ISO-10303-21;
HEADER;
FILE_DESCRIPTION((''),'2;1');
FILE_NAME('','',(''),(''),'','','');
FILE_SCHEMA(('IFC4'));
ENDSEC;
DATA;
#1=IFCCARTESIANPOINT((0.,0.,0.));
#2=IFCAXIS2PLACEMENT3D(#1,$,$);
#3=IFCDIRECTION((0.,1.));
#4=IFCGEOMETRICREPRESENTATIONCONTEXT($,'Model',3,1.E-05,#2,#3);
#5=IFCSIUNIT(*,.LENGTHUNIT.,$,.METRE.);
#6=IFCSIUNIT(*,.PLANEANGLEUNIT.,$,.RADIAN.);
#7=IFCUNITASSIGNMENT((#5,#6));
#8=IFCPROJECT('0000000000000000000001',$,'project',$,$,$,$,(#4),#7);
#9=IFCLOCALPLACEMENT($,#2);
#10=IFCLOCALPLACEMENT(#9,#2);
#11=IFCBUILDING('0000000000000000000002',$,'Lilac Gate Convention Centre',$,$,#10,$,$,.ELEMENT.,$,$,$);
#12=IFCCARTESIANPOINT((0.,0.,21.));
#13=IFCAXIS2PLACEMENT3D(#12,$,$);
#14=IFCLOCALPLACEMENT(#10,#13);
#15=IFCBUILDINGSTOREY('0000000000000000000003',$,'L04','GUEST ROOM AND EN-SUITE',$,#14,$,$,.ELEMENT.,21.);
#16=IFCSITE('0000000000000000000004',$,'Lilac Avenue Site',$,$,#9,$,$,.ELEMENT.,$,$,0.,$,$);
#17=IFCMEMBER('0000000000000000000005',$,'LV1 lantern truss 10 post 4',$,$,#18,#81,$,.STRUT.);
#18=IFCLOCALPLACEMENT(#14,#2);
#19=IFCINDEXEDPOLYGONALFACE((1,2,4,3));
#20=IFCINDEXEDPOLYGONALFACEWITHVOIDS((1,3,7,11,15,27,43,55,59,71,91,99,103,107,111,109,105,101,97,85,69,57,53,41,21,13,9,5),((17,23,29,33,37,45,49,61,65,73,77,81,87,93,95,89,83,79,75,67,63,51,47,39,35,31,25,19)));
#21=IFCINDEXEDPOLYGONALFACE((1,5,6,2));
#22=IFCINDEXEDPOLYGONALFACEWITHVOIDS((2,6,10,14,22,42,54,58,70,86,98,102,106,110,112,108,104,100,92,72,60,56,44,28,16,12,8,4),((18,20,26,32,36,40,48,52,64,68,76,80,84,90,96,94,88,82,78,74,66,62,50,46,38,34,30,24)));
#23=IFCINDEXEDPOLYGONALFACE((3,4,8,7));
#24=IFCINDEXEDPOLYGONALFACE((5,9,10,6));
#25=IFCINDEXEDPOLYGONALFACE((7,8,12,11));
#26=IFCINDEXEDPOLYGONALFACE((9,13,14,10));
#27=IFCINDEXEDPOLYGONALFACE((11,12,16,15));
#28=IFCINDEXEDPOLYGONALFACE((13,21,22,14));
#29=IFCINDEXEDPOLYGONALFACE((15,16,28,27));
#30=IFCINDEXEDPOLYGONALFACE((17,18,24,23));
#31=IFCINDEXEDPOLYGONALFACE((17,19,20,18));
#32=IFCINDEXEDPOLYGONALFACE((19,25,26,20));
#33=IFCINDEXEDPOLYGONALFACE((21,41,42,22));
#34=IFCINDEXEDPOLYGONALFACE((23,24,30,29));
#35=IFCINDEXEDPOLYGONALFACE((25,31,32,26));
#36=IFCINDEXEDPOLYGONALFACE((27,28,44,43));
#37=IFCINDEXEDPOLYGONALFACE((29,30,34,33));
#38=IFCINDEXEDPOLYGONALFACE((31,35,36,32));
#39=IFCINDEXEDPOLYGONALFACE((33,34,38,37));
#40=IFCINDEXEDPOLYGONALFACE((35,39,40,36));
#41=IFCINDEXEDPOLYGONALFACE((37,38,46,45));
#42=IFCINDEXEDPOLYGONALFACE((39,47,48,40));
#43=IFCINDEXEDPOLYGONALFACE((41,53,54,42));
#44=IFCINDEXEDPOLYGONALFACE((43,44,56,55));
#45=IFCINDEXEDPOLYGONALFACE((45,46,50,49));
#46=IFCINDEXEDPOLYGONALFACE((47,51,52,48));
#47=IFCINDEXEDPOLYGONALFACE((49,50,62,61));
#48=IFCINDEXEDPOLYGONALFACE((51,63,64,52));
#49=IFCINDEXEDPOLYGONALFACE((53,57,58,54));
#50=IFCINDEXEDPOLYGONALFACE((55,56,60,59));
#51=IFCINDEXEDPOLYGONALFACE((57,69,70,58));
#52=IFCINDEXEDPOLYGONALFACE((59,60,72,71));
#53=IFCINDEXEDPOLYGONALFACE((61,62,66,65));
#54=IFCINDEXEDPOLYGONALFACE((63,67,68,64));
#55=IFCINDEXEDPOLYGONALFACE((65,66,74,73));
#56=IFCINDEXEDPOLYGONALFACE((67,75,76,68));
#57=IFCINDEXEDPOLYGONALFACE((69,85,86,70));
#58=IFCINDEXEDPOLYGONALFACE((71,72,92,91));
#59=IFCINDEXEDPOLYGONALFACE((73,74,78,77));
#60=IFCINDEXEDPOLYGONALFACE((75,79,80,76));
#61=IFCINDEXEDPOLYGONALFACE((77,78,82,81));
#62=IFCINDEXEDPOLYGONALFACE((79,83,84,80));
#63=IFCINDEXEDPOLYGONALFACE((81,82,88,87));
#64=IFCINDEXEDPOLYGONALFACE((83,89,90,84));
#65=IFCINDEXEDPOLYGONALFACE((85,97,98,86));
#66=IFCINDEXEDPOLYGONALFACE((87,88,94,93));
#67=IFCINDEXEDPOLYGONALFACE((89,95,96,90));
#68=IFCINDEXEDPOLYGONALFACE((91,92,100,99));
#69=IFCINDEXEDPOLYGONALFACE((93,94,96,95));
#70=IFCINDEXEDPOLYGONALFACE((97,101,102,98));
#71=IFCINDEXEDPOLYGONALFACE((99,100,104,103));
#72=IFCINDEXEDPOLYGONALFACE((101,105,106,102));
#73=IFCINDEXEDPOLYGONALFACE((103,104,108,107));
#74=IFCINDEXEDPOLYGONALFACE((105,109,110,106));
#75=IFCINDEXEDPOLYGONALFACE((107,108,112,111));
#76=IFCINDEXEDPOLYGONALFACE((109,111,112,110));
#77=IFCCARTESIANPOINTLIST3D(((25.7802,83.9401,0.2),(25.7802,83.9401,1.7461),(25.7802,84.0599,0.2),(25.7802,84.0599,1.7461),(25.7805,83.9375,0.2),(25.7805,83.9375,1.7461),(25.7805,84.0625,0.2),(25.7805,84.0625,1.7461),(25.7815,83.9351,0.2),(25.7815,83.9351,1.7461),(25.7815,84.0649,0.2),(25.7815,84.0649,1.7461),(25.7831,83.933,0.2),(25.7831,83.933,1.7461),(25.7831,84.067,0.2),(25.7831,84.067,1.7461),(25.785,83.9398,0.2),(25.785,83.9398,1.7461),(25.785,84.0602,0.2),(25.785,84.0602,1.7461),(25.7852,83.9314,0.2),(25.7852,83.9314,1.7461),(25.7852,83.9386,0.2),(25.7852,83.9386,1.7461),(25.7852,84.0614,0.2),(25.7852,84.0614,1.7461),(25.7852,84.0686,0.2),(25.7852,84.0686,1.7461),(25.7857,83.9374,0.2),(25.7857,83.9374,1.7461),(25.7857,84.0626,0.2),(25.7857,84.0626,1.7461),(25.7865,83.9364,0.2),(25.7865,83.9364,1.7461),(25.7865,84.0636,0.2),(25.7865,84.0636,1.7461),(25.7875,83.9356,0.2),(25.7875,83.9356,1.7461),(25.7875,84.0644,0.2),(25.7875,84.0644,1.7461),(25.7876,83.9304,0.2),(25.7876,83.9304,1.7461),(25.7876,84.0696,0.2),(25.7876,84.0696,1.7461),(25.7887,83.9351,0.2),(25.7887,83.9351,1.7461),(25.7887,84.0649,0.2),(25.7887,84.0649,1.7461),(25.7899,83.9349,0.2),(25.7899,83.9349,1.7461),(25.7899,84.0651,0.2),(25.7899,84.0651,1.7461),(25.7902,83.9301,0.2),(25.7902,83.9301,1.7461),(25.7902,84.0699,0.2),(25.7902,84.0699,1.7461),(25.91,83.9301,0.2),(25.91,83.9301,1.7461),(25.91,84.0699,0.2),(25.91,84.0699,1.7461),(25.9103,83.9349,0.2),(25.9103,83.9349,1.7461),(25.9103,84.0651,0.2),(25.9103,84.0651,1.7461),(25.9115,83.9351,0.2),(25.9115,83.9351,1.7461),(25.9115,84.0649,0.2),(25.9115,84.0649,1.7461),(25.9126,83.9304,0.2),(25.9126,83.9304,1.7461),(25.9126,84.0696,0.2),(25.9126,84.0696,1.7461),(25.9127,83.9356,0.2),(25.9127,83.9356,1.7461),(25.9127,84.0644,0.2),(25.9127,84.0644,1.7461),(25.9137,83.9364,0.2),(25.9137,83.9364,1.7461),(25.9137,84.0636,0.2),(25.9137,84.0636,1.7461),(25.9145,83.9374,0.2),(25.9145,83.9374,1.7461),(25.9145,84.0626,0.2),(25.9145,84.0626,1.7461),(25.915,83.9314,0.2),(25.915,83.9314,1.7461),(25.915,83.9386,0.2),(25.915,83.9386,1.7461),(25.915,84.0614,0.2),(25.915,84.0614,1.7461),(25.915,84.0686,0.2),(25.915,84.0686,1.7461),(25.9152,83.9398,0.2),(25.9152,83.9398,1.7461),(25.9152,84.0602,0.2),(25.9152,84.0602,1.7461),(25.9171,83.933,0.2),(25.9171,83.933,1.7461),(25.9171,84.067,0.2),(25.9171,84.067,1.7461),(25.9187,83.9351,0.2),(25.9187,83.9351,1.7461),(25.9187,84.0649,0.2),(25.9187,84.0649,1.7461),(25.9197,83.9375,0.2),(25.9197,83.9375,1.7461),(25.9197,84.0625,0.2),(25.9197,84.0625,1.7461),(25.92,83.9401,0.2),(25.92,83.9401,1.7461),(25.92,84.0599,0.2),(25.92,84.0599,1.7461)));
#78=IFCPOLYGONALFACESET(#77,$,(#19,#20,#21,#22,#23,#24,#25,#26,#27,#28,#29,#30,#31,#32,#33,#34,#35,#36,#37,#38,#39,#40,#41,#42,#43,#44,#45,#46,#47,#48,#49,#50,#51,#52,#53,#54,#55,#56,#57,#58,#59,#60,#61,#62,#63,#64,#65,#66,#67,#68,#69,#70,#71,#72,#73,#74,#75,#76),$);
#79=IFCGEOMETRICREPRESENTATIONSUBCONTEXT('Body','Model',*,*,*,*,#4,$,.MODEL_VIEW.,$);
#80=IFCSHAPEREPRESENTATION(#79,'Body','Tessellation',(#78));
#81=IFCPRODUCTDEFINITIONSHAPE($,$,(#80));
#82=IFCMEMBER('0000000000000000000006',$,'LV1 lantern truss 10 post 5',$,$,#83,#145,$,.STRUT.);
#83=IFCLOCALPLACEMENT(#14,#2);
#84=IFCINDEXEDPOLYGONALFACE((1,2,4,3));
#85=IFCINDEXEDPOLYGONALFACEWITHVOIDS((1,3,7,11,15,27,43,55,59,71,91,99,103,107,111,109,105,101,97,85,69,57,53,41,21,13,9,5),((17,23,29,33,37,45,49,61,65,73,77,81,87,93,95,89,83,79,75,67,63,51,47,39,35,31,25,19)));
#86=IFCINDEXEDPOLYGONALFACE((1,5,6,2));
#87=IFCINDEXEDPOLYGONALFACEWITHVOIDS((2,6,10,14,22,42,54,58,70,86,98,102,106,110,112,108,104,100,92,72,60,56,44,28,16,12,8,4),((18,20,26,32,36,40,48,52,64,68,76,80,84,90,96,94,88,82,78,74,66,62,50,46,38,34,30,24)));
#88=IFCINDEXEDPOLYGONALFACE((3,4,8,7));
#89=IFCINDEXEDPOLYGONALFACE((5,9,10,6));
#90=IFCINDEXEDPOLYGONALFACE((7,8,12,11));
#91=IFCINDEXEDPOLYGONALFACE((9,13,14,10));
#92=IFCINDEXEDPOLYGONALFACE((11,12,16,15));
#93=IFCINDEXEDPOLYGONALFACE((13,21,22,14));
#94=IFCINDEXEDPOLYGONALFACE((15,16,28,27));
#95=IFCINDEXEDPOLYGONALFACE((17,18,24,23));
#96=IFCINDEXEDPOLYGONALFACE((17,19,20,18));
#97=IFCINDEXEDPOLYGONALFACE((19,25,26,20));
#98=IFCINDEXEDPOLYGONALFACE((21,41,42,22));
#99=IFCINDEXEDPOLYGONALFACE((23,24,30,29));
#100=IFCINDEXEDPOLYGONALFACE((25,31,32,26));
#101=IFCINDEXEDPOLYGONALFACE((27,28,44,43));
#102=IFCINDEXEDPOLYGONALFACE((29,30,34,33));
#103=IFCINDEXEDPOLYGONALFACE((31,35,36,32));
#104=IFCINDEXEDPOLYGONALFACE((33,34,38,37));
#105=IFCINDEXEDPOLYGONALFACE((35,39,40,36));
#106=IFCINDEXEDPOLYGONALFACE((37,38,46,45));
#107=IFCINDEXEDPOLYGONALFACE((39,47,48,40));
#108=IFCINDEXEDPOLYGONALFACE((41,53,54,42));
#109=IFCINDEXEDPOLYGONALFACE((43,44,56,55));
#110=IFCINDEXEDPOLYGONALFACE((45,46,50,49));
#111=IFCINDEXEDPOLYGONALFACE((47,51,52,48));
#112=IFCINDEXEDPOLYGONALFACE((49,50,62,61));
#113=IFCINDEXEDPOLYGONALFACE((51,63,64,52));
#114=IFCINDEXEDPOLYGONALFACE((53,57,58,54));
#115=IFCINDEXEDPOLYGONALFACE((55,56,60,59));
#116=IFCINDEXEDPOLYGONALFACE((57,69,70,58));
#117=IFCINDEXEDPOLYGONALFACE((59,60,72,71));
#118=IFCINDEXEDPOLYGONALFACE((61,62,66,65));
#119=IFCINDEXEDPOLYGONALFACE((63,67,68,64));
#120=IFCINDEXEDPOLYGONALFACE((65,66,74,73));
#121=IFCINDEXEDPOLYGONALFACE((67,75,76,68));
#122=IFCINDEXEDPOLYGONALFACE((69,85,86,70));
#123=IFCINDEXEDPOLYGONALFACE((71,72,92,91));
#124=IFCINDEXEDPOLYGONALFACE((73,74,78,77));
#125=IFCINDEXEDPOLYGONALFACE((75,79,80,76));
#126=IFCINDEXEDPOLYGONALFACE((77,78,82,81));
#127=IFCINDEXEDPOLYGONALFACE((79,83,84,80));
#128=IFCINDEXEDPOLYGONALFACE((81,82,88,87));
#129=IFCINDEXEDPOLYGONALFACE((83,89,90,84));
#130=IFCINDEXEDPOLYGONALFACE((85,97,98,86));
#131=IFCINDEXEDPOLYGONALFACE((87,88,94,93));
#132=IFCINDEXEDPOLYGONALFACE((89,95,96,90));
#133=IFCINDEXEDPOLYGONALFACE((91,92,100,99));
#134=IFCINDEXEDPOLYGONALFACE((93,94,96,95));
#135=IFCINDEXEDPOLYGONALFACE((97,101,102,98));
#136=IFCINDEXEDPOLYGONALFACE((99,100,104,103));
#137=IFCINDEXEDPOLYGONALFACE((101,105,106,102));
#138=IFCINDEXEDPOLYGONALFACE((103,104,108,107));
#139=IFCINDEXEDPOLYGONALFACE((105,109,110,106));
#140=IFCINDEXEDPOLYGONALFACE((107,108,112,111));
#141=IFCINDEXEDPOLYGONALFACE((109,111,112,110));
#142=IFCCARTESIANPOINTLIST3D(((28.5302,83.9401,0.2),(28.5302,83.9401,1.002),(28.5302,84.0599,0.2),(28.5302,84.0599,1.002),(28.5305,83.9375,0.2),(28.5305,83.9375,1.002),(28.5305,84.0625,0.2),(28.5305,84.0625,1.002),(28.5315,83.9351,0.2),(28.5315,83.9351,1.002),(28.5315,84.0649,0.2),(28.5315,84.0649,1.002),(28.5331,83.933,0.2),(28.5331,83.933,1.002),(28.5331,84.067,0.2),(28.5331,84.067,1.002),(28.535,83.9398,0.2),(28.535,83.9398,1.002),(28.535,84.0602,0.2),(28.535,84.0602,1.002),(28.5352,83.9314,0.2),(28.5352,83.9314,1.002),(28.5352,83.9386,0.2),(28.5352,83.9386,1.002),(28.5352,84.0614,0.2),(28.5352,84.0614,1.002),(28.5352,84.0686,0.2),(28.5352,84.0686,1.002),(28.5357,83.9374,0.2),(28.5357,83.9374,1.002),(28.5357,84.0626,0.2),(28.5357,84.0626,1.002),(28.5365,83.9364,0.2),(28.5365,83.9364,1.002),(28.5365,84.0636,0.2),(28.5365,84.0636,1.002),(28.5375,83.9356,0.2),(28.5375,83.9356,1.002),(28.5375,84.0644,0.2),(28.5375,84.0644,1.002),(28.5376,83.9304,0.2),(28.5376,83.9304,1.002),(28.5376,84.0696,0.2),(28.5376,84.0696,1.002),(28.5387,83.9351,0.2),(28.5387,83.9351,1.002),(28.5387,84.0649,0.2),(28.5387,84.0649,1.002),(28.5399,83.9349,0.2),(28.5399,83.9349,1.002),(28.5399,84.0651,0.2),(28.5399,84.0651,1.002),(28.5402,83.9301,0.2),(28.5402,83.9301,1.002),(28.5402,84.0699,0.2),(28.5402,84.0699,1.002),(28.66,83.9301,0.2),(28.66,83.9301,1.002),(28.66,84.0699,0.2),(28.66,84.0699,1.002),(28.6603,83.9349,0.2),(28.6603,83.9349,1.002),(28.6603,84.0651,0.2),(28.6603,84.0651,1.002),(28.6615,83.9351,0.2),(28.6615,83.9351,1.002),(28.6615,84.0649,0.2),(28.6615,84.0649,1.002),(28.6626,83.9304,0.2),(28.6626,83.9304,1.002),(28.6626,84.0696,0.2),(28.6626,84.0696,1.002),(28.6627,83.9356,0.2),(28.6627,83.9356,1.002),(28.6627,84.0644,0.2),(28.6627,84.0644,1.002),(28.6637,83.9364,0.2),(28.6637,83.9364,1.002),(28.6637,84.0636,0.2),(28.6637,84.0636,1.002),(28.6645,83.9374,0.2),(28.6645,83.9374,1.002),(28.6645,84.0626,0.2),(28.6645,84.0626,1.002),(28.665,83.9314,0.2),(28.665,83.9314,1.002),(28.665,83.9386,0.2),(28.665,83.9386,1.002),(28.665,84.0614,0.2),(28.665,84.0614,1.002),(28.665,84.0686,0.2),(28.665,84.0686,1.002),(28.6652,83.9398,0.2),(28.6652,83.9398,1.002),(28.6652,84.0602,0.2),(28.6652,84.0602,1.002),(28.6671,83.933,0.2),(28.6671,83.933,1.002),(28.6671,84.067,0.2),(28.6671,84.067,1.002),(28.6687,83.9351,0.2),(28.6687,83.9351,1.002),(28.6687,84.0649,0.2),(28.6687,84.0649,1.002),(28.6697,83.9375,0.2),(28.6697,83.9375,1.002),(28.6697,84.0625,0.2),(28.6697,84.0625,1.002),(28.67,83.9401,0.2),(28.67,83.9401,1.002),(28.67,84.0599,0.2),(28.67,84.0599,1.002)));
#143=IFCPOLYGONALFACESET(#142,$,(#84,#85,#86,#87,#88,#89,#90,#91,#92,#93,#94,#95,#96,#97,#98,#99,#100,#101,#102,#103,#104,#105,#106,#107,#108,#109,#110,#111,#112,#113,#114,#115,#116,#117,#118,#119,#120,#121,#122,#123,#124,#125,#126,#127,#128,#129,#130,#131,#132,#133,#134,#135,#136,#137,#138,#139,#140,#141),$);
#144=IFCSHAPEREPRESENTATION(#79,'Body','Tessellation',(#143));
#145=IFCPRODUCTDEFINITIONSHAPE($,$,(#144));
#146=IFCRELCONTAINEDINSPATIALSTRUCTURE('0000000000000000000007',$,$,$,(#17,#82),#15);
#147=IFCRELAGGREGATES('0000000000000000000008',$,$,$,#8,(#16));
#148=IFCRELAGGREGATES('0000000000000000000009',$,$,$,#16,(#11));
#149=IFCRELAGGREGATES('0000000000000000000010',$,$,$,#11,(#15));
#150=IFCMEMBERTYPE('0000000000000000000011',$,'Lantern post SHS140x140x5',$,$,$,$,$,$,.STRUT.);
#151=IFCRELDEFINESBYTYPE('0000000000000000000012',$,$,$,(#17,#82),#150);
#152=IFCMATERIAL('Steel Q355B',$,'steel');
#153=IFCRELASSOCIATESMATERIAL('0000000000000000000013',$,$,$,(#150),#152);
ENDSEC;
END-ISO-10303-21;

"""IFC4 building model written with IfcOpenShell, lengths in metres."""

from ifc_helpers import new_model, si_unit, direction, frame, origin, origin_2d, place, context, subcontext, project, spatial, hollow_rectangle, extrude, material, material_profile, profile_set, type_object, element, save


model = new_model("IFC4")

# Units and contexts
model_context = context("Model", 3, precision=1e-05, world=origin(), true_north=direction((0.0, 1.0)))
body_context = subcontext(model_context, "Body", "Model", "MODEL_VIEW")
ifc_project = project(units=[si_unit("LENGTHUNIT", "METRE"), si_unit("PLANEANGLEUNIT", "RADIAN")], contexts=[model_context])

# Site, building, storey
site_placement = place(None, origin())
site = spatial("IfcSite", under=ifc_project, at=site_placement, Name="Lilac Avenue Site", CompositionType="ELEMENT", RefElevation=0.0)
building_placement = place(site_placement, origin())
building = spatial("IfcBuilding", under=site, at=building_placement, Name="Lilac Gate Convention Centre", CompositionType="ELEMENT")
storey_placement = place(building_placement, frame((0.0, 0.0, 21.0)))
storey = spatial("IfcBuildingStorey", under=building, at=storey_placement, Name="L04", Description="GUEST ROOM AND EN-SUITE", CompositionType="ELEMENT", Elevation=21.0)

# Members
ifc_material_1 = material(Name="Steel Q355B", Category="steel")
ifc_material_profile_1 = material_profile(ifc_material_1, hollow_rectangle(XDim=0.1399, YDim=0.1399, WallThickness=0.0049, InnerFilletRadius=0.0049, OuterFilletRadius=0.01, at=origin_2d()), Name="SHS140x140x5")
ifc_profile_set_1 = profile_set([ifc_material_profile_1], Name="Steel Q355B")
member_type_1 = type_object("IfcMemberType", Name="Lantern post SHS140x140x5", PredefinedType="STRUT", material=ifc_profile_set_1)
member_1_placement = place(storey_placement, frame((25.8501, 84.0, 0.2), z_axis=(0.0, 0.0, 1.0), x_axis=(1.0, 0.0, 0.0)))
element("IfcMember", 1, at=member_1_placement, inside=storey, type_object=member_type_1, Name="LV1 lantern truss 10 post 4", PredefinedType="STRUT", context=body_context, shape_type="SweptSolid", body=[
    extrude(hollow_rectangle(XDim=0.1399, YDim=0.1399, WallThickness=0.0049, InnerFilletRadius=0.0049, OuterFilletRadius=0.01, at=origin_2d()), origin(), (0.0, 0.0, 1.0), 1.5461),
])
member_2_placement = place(storey_placement, frame((28.6001, 84.0, 0.2), z_axis=(0.0, 0.0, 1.0), x_axis=(1.0, 0.0, 0.0)))
element("IfcMember", 2, at=member_2_placement, inside=storey, type_object=member_type_1, Name="LV1 lantern truss 10 post 5", PredefinedType="STRUT", context=body_context, shape_type="SweptSolid", body=[
    extrude(hollow_rectangle(XDim=0.1399, YDim=0.1399, WallThickness=0.0049, InnerFilletRadius=0.0049, OuterFilletRadius=0.01, at=origin_2d()), origin(), (0.0, 0.0, 1.0), 0.802),
])

save(model, "model.ifc")
